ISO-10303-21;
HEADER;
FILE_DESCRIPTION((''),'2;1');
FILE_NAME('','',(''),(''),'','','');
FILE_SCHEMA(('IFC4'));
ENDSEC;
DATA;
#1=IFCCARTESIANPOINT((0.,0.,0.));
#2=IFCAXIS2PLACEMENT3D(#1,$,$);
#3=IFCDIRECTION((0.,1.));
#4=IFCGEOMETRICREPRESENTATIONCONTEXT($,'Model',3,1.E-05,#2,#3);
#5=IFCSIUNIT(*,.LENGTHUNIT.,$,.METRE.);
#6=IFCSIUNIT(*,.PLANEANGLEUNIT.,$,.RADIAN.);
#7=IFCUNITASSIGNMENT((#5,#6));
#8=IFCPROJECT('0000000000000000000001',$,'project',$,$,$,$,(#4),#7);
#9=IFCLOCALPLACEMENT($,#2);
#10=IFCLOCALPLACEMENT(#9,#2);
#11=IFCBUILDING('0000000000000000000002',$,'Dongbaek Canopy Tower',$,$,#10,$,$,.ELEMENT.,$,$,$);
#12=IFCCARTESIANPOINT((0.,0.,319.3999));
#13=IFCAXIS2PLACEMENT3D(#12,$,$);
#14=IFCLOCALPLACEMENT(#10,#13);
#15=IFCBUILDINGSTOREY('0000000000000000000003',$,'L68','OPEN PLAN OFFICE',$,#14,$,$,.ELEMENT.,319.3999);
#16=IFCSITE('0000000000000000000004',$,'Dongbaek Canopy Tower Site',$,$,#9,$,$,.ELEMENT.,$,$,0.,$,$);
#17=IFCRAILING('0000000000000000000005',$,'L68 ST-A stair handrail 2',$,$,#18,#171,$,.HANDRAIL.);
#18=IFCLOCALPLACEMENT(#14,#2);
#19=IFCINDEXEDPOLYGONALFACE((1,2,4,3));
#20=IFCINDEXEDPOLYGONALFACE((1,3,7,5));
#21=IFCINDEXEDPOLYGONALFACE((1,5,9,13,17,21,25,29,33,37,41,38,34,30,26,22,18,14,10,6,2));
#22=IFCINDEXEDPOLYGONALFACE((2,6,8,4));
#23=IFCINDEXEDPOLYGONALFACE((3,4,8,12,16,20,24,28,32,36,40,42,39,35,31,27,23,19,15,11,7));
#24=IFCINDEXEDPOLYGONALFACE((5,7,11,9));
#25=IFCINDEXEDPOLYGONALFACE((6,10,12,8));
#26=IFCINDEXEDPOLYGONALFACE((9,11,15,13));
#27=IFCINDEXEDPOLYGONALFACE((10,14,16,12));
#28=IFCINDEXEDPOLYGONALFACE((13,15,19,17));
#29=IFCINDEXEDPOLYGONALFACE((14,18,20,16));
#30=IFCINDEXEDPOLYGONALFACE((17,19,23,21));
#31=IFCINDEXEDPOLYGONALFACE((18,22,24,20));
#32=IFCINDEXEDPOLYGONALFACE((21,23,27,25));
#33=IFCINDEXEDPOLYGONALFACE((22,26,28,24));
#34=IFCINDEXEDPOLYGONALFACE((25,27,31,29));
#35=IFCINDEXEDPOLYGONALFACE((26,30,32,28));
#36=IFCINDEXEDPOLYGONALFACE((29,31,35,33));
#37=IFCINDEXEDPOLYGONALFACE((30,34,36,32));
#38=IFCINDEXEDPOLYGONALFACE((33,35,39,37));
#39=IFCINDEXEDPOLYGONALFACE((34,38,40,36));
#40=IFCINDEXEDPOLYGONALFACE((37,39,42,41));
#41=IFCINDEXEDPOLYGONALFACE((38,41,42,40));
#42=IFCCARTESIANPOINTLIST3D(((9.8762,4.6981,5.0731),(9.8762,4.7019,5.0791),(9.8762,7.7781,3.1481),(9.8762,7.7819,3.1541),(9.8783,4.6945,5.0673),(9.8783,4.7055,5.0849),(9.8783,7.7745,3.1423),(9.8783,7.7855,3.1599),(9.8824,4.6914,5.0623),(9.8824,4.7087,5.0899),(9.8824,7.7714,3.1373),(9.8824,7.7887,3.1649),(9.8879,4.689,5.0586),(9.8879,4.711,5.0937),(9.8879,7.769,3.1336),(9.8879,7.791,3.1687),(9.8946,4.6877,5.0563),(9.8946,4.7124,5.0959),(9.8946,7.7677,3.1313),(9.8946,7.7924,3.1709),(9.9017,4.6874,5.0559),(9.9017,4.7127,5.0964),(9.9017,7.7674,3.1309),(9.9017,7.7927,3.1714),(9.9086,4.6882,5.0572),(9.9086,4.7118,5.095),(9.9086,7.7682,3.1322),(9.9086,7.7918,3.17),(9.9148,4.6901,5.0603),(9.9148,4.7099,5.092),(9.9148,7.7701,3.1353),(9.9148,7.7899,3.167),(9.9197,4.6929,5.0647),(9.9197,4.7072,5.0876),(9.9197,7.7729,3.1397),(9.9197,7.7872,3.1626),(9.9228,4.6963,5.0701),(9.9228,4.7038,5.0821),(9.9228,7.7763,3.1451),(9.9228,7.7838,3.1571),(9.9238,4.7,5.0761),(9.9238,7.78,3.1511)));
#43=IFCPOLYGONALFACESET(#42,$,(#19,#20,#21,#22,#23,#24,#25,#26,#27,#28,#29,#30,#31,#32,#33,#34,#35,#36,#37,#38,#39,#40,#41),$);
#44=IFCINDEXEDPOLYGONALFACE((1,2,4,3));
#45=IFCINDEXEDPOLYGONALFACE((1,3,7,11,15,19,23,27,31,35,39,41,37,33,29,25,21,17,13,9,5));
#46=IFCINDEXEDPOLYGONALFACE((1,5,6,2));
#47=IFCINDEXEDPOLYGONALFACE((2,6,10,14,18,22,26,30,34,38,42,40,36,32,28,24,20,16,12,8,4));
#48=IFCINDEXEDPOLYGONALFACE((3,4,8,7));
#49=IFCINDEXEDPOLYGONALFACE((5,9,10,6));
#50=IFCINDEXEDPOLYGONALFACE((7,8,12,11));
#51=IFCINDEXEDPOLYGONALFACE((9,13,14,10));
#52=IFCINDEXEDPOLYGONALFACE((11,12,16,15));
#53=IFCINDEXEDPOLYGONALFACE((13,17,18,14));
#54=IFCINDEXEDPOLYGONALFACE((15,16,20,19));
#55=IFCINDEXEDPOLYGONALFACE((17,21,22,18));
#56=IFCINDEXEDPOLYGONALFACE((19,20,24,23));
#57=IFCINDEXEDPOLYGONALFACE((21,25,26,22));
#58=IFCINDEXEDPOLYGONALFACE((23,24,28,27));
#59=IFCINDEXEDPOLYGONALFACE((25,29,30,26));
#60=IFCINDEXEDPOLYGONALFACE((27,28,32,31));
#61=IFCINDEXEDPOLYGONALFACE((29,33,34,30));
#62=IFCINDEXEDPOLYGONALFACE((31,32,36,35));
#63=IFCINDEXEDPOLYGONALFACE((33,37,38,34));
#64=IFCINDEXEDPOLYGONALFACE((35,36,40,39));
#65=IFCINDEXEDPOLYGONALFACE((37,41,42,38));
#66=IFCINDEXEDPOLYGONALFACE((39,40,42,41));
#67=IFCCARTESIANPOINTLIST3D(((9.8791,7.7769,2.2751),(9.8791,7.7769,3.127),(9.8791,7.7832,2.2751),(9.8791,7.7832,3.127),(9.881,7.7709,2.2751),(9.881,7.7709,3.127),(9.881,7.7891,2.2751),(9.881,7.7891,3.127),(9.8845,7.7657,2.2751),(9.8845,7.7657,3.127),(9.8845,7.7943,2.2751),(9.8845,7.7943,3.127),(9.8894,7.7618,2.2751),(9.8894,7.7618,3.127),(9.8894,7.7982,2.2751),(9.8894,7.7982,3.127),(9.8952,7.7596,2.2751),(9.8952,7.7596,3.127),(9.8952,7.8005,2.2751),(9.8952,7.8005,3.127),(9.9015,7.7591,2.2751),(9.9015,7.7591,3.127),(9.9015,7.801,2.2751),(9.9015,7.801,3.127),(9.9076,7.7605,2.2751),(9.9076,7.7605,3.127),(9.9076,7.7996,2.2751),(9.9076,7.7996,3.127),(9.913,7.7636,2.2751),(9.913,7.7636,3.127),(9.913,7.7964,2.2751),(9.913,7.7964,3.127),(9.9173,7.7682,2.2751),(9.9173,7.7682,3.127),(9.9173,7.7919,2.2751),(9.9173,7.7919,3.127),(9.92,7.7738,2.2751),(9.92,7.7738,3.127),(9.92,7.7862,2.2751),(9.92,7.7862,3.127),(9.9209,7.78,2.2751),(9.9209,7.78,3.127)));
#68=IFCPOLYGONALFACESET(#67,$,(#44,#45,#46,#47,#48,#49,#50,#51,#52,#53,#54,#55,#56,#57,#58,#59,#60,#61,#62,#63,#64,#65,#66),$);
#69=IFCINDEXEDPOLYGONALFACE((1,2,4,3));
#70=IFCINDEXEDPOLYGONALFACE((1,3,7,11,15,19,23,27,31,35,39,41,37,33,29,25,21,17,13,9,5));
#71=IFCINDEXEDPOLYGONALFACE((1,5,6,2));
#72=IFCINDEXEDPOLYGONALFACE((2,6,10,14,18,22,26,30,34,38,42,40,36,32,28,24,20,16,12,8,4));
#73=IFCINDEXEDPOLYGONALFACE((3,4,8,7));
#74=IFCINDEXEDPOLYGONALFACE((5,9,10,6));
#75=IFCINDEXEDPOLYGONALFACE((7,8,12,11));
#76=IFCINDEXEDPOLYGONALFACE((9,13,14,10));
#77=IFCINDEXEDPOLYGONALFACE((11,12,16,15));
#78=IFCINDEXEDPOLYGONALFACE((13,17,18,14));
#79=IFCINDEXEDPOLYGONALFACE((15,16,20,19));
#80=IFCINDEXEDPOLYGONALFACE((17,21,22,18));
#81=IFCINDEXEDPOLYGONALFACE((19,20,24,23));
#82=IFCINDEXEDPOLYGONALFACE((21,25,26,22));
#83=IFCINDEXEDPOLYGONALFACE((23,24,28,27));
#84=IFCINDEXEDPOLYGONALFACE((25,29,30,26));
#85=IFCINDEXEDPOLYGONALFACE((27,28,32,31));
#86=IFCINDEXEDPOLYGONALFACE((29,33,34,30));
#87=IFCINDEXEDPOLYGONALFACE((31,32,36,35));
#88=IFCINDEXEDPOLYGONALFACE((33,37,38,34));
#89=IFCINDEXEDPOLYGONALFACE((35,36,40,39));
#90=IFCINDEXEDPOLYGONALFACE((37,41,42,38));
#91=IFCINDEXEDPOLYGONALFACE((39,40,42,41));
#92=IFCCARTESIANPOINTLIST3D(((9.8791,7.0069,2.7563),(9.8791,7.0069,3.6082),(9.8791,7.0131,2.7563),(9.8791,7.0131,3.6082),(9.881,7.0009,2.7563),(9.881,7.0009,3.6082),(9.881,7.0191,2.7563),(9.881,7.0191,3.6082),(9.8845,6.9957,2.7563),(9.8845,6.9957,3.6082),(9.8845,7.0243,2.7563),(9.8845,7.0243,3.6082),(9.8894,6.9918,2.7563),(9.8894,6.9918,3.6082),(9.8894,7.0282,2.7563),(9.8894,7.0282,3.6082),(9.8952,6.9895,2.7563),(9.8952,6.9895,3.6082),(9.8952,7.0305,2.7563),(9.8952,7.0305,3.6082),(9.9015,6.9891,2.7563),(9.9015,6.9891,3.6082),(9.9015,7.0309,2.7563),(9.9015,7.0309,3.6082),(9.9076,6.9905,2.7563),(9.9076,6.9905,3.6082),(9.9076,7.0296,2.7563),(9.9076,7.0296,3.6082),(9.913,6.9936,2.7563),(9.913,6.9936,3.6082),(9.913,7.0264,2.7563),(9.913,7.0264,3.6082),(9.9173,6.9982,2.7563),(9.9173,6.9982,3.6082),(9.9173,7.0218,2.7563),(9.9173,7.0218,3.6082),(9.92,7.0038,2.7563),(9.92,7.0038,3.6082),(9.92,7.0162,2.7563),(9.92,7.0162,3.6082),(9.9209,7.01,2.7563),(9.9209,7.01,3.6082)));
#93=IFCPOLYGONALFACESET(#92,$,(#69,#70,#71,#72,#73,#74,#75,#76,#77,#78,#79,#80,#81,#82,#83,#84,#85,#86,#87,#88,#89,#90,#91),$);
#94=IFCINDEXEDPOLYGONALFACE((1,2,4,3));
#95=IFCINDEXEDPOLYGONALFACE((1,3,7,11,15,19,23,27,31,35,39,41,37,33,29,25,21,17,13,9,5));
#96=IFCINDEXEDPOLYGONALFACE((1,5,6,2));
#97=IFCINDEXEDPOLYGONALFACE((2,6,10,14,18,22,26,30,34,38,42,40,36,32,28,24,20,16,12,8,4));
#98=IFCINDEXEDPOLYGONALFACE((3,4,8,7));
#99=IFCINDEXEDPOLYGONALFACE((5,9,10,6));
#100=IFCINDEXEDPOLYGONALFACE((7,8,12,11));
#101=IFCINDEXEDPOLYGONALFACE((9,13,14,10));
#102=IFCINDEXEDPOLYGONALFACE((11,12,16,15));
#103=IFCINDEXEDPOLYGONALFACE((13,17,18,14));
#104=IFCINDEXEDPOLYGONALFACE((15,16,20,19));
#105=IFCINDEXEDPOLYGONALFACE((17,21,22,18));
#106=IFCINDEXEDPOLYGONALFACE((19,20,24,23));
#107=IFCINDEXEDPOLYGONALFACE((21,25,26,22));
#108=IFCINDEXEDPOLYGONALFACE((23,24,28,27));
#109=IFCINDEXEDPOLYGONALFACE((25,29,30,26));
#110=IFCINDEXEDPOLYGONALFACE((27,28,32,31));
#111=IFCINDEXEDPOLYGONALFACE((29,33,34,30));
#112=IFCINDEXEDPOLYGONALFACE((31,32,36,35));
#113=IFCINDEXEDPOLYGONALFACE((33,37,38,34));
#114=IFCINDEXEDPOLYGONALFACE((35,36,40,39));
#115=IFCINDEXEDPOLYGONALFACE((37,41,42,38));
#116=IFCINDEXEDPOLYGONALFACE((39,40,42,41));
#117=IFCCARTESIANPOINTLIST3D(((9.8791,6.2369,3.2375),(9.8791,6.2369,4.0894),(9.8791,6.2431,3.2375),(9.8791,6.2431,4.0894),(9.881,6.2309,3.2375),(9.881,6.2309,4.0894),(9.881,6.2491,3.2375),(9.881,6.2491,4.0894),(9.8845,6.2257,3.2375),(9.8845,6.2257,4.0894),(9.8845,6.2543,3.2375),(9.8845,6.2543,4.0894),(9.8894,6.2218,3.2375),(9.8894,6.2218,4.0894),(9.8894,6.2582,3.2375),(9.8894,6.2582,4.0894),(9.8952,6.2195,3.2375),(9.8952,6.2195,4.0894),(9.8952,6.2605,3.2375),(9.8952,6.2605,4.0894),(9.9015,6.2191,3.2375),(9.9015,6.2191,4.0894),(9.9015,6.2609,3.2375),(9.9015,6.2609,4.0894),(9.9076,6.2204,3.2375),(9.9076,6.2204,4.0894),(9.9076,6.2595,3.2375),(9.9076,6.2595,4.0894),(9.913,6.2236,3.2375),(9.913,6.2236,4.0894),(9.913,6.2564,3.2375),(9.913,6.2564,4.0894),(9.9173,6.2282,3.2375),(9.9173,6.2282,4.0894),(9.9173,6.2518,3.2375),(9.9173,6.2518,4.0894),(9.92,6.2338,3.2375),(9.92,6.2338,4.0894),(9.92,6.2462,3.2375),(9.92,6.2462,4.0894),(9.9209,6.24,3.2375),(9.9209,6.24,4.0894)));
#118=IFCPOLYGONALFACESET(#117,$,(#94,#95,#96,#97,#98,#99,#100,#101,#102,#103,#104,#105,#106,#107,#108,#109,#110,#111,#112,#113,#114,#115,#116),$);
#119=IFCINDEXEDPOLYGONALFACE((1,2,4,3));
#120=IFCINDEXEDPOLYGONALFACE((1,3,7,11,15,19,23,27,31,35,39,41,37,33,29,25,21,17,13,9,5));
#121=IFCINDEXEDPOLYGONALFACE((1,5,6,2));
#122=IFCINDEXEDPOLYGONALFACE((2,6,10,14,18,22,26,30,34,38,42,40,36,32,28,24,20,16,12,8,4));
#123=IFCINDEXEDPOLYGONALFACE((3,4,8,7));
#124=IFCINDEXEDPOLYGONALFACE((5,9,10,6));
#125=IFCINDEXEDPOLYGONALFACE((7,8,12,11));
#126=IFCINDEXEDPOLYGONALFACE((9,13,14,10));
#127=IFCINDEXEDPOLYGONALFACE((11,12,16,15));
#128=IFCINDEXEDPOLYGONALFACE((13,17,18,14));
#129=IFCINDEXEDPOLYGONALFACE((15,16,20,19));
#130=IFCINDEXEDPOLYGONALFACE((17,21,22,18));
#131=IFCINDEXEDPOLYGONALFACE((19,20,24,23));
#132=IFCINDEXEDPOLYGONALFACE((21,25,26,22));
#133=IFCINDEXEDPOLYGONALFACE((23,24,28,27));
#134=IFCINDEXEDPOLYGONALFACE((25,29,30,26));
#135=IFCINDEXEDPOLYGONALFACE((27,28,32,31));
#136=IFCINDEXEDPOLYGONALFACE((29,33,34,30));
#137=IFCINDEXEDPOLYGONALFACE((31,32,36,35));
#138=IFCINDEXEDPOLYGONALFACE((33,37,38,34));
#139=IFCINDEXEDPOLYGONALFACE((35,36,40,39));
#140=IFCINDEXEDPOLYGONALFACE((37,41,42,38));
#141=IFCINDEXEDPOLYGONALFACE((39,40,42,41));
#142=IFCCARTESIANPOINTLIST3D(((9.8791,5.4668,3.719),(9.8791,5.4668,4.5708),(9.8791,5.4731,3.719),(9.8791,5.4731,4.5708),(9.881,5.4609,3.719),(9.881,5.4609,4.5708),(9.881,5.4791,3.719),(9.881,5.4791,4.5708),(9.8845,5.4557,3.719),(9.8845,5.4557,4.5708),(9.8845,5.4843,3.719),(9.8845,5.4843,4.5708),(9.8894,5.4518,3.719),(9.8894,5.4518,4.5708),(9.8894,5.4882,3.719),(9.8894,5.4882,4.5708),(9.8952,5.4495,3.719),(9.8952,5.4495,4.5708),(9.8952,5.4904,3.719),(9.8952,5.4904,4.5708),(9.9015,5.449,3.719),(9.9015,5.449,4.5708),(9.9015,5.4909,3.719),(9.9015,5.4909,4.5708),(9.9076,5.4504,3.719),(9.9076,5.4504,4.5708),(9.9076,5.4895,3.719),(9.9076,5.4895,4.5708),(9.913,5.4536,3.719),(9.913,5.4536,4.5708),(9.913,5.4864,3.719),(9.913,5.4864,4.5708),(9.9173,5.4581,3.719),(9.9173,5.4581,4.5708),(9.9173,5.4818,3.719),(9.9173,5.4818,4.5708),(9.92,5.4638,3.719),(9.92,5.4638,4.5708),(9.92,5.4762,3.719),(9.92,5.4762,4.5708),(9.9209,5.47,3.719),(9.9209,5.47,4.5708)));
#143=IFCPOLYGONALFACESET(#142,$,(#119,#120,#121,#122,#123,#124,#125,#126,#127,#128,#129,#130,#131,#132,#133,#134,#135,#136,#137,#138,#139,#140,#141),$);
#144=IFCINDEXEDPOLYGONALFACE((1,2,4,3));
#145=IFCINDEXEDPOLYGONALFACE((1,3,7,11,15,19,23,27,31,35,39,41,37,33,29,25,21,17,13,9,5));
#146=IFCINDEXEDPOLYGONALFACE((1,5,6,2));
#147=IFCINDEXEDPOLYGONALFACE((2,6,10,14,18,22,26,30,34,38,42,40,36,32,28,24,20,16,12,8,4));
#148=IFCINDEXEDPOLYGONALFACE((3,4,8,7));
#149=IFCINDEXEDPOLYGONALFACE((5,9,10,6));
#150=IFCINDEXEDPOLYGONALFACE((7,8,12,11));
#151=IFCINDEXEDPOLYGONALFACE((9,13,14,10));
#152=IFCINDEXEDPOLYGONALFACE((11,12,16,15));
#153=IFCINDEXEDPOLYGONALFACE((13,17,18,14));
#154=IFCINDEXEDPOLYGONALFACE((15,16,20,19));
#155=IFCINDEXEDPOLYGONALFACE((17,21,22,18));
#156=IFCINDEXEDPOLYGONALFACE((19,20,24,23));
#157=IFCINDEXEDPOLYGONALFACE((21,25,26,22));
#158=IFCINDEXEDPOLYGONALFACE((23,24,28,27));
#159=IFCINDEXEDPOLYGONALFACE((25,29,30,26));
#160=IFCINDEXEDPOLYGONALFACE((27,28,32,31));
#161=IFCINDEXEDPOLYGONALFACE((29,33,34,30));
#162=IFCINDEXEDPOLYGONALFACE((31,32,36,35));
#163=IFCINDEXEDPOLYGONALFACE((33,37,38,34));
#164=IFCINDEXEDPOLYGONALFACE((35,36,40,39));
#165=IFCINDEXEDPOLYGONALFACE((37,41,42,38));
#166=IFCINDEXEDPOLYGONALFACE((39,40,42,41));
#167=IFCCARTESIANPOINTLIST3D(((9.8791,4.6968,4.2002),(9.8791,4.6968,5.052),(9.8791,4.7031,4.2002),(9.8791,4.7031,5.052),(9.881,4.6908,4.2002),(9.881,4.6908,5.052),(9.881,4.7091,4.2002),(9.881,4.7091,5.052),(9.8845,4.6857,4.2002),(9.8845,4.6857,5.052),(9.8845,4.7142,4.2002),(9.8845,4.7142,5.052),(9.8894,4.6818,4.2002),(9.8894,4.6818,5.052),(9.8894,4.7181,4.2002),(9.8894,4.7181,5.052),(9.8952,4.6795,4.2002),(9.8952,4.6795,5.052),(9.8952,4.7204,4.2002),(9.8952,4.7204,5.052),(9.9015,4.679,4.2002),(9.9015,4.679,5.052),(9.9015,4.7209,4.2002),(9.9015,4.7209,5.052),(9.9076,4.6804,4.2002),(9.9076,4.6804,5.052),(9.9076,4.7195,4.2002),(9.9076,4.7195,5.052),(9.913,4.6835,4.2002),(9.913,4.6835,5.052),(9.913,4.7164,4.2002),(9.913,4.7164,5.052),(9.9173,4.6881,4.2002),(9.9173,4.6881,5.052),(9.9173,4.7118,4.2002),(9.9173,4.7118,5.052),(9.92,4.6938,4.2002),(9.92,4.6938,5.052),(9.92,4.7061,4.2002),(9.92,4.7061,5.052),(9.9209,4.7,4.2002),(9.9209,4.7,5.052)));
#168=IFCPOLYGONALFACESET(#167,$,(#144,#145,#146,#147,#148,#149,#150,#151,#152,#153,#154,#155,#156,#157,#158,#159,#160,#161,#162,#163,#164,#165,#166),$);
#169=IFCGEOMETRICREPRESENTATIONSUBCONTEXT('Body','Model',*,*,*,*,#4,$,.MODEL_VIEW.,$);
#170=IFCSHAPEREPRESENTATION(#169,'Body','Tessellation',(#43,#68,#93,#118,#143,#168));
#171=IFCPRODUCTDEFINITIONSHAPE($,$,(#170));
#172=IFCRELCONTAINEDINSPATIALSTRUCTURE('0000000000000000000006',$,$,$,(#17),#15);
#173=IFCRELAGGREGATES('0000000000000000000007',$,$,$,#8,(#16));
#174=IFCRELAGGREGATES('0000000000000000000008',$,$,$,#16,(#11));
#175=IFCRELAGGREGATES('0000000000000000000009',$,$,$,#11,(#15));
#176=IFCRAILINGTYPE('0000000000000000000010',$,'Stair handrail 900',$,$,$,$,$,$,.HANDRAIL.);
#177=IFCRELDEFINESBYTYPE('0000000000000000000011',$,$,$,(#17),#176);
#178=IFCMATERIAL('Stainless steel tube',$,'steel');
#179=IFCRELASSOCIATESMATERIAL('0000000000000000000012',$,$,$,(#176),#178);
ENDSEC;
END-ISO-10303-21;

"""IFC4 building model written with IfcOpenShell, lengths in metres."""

from ifc_helpers import new_model, si_unit, direction, frame, origin, origin_2d, place, context, subcontext, project, spatial, circle, extrude, material, type_object, element, save


model = new_model("IFC4")

# Units and contexts
model_context = context("Model", 3, precision=1e-05, world=origin(), true_north=direction((0.0, 1.0)))
body_context = subcontext(model_context, "Body", "Model", "MODEL_VIEW")
ifc_project = project(units=[si_unit("LENGTHUNIT", "METRE"), si_unit("PLANEANGLEUNIT", "RADIAN")], contexts=[model_context])

# Site, building, storey
site_placement = place(None, origin())
site = spatial("IfcSite", under=ifc_project, at=site_placement, Name="Dongbaek Canopy Tower Site", CompositionType="ELEMENT", RefElevation=0.0)
building_placement = place(site_placement, origin())
building = spatial("IfcBuilding", under=site, at=building_placement, Name="Dongbaek Canopy Tower", CompositionType="ELEMENT")
storey_placement = place(building_placement, frame((0.0, 0.0, 319.3999)))
storey = spatial("IfcBuildingStorey", under=building, at=storey_placement, Name="L68", Description="OPEN PLAN OFFICE", CompositionType="ELEMENT", Elevation=319.3999)

# Railing
ifc_material_1 = material(Name="Stainless steel tube", Category="steel")
railing_type_1 = type_object("IfcRailingType", Name="Stair handrail 900", PredefinedType="HANDRAIL", material=ifc_material_1)
railing_1_placement = place(storey_placement, frame((9.8999, 7.78, 2.2751)))
element("IfcRailing", 1, at=railing_1_placement, inside=storey, type_object=railing_type_1, Name="L68 ST-A stair handrail 2", PredefinedType="HANDRAIL", context=body_context, shape_type="SweptSolid", body=[
    extrude(circle(Radius=0.0239, at=origin_2d()), frame((0.0, 0.0, 0.876), z_axis=(0.0, -0.847998, 0.529999), x_axis=(1.0, 0.0, 0.0)), (0.0, 0.0, 1.0), 3.6321),
    extrude(circle(Radius=0.021, at=origin_2d()), origin(), (0.0, 0.0, 1.0), 0.8518),
    extrude(circle(Radius=0.021, at=origin_2d()), frame((0.0, -0.77, 0.4812)), (0.0, 0.0, 1.0), 0.8518),
    extrude(circle(Radius=0.021, at=origin_2d()), frame((0.0, -1.54, 0.9624)), (0.0, 0.0, 1.0), 0.8518),
    extrude(circle(Radius=0.021, at=origin_2d()), frame((0.0, -2.3101, 1.4438)), (0.0, 0.0, 1.0), 0.8518),
    extrude(circle(Radius=0.021, at=origin_2d()), frame((0.0, -3.0801, 1.925)), (0.0, 0.0, 1.0), 0.8518),
])

save(model, "model.ifc")
